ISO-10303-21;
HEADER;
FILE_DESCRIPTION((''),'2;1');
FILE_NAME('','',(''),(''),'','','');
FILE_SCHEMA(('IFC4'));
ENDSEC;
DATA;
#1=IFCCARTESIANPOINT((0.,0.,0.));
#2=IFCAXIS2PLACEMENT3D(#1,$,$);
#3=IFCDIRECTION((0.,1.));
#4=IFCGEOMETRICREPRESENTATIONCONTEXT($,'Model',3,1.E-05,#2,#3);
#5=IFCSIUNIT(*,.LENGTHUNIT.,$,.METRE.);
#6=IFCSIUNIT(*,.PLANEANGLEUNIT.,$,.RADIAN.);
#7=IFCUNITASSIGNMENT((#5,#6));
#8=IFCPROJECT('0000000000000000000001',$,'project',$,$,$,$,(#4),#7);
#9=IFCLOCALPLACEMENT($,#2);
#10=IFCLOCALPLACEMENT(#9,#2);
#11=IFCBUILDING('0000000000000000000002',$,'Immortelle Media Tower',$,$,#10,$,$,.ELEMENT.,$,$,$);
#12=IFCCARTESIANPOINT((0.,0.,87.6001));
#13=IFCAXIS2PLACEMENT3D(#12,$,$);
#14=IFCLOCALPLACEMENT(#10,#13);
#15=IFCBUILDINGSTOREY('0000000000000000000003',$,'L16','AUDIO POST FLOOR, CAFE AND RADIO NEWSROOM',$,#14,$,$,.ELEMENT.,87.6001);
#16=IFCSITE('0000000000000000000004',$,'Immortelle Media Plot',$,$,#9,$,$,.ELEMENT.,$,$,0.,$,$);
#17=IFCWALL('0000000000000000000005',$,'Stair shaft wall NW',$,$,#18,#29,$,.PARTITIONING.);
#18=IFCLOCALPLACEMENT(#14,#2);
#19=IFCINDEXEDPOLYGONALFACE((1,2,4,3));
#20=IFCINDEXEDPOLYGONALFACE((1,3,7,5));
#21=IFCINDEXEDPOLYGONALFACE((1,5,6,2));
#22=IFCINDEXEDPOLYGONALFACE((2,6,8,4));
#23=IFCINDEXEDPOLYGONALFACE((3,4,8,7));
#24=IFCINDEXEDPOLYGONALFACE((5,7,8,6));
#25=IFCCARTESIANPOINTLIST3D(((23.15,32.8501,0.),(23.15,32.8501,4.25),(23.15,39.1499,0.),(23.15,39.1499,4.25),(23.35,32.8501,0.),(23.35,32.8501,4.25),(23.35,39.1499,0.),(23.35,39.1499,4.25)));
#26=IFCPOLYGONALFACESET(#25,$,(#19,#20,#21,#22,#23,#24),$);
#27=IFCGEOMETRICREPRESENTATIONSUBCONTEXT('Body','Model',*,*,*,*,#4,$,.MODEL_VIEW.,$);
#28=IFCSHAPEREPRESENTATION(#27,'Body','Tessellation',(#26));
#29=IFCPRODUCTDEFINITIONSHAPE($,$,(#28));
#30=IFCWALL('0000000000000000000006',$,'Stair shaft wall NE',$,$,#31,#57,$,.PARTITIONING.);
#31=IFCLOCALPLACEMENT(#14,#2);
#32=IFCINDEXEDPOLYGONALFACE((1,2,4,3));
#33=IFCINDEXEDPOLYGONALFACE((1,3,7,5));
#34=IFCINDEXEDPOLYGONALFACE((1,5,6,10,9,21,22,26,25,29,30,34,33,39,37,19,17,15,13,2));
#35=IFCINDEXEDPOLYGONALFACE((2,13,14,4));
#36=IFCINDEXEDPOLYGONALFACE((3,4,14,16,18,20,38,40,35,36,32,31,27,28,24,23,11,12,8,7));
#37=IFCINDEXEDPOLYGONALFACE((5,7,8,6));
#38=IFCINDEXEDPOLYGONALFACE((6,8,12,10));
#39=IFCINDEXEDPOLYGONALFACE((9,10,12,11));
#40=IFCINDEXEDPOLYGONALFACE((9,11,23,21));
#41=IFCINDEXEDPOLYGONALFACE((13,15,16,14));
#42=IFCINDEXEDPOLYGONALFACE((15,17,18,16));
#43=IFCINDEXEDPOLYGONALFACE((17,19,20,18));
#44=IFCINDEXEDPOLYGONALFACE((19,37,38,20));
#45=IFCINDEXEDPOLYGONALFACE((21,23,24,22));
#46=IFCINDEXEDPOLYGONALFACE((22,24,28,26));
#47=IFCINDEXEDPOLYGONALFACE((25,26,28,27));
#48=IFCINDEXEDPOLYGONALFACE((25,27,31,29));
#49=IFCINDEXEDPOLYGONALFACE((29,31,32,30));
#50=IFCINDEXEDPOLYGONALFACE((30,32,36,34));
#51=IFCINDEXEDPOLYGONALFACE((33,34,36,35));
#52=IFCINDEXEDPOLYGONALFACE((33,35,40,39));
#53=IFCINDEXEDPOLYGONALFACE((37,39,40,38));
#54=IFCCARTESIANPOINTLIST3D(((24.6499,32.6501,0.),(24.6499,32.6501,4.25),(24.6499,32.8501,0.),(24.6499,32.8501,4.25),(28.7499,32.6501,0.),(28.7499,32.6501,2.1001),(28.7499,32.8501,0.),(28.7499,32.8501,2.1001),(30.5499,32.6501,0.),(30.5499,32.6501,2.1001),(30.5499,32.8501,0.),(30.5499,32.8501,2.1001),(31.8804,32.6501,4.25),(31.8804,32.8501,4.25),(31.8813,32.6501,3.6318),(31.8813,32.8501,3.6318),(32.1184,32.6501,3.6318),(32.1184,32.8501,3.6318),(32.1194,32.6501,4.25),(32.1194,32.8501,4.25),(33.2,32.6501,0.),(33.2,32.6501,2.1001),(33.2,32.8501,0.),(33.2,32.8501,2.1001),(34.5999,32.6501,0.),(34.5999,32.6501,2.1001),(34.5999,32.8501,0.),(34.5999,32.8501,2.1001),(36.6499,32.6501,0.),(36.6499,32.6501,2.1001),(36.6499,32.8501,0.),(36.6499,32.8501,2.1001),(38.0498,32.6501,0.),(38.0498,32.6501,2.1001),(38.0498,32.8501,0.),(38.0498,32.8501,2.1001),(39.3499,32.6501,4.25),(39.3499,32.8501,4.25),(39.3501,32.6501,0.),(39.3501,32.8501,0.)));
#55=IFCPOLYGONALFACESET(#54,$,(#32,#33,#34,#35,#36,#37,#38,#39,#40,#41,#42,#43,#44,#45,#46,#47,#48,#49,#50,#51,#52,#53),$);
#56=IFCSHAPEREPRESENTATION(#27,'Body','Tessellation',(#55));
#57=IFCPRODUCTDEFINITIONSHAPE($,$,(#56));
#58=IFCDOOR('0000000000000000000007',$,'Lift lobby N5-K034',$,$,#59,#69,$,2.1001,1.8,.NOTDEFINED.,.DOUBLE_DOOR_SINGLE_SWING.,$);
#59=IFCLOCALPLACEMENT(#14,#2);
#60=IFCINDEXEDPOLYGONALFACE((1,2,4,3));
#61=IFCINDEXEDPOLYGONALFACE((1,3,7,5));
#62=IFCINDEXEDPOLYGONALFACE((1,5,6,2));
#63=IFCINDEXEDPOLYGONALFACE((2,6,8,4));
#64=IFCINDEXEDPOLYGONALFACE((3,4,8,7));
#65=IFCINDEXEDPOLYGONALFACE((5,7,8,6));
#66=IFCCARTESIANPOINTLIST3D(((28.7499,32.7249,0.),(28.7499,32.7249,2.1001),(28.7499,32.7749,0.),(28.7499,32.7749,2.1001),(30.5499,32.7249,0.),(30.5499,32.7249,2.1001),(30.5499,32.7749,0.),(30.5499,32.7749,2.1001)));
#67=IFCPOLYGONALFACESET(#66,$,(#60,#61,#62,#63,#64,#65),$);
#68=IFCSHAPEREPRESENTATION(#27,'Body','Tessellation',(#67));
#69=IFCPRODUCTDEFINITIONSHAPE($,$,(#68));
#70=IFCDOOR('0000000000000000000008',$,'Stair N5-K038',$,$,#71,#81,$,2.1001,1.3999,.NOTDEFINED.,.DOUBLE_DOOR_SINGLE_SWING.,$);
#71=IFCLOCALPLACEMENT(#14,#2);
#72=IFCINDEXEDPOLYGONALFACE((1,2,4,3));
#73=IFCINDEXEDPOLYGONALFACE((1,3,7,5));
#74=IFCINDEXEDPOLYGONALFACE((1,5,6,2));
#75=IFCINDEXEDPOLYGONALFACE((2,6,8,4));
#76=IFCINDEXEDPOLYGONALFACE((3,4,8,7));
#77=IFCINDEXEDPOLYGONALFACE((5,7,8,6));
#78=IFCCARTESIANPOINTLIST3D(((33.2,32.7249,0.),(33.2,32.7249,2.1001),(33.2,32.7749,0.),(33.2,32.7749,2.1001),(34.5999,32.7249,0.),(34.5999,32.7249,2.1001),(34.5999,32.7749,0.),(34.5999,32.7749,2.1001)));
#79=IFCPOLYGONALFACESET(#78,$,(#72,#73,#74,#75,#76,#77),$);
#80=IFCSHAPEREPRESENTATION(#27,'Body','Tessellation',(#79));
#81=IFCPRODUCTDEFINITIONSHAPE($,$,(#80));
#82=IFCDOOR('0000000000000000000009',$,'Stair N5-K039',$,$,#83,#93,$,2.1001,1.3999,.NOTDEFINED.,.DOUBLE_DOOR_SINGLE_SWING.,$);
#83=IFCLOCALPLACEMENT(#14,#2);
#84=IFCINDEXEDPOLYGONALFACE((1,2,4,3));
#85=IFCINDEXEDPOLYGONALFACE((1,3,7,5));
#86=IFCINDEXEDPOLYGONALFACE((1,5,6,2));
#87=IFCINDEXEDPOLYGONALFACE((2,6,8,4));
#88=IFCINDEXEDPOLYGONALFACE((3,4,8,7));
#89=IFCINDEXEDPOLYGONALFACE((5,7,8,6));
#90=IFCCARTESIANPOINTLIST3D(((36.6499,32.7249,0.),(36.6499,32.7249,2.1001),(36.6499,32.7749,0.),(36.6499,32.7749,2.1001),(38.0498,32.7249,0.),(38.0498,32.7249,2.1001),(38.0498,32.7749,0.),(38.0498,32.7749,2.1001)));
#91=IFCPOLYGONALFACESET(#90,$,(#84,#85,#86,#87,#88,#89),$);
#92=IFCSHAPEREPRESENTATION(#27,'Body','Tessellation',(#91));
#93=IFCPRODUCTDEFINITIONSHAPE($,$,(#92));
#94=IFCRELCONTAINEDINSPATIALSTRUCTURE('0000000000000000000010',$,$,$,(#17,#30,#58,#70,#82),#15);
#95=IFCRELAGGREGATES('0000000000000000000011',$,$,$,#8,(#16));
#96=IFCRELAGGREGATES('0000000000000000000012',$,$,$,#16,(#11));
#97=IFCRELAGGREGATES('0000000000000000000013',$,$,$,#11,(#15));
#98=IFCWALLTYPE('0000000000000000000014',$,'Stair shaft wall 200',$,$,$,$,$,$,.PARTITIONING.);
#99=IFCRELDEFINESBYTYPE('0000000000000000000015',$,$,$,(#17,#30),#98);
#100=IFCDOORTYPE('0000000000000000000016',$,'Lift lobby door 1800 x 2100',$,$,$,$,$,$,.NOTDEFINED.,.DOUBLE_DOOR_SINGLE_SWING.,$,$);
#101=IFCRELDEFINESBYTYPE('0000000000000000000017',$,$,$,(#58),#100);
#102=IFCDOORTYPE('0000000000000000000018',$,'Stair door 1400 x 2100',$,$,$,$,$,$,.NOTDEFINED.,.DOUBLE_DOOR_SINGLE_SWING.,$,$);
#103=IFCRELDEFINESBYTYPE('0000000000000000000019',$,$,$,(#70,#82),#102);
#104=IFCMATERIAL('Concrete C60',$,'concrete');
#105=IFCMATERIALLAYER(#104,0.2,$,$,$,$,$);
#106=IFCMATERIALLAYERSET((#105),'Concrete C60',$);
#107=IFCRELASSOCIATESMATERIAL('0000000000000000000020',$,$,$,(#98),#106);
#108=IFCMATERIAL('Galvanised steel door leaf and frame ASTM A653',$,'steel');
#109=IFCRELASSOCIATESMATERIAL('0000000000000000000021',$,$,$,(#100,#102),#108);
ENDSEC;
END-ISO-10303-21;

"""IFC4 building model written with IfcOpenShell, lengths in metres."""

from ifc_helpers import new_model, si_unit, direction, frame, frame_2d, origin, place, context, subcontext, project, spatial, polyline, rectangle, outline, extrude, material, layer, layer_set, type_object, element, fill, save


model = new_model("IFC4")

# Units and contexts
model_context = context("Model", 3, precision=1e-05, world=origin(), true_north=direction((0.0, 1.0)))
body_context = subcontext(model_context, "Body", "Model", "MODEL_VIEW")
ifc_project = project(units=[si_unit("LENGTHUNIT", "METRE"), si_unit("PLANEANGLEUNIT", "RADIAN")], contexts=[model_context])

# Site, building, storey
site_placement = place(None, origin())
site = spatial("IfcSite", under=ifc_project, at=site_placement, Name="Immortelle Media Plot", CompositionType="ELEMENT", RefElevation=0.0)
building_placement = place(site_placement, origin())
building = spatial("IfcBuilding", under=site, at=building_placement, Name="Immortelle Media Tower", CompositionType="ELEMENT")
storey_placement = place(building_placement, frame((0.0, 0.0, 87.6001)))
storey = spatial("IfcBuildingStorey", under=building, at=storey_placement, Name="L16", Description="AUDIO POST FLOOR, CAFE AND RADIO NEWSROOM", CompositionType="ELEMENT", Elevation=87.6001)

# Shared definitions
ifc_material_1 = material(Name="Galvanised steel door leaf and frame ASTM A653", Category="steel")

# Wall
ifc_material_2 = material(Name="Concrete C60", Category="concrete")
ifc_layer_1 = layer(ifc_material_2, 0.2)
ifc_layer_set_1 = layer_set([ifc_layer_1], Name="Concrete C60")
wall_type_1 = type_object("IfcWallType", Name="Stair shaft wall 200", PredefinedType="PARTITIONING", material=ifc_layer_set_1)
wall_1_placement = place(storey_placement, frame((23.25, 32.8501, 0.0), z_axis=(0.0, 0.0, 1.0), x_axis=(0.0, 1.0, 0.0)))
element("IfcWall", 1, at=wall_1_placement, inside=storey, type_object=wall_type_1, Name="Stair shaft wall NW", PredefinedType="PARTITIONING", context=body_context, shape_type="SweptSolid", body=[
    extrude(rectangle(XDim=6.2998, YDim=0.2, at=frame_2d((3.1499, 0.0))), origin(), (0.0, 0.0, 1.0), 4.25),
])

# Wall, openings, doors
wall_2_placement = place(storey_placement, frame((24.6499, 32.75, 0.0), z_axis=(0.0, 0.0, 1.0), x_axis=(1.0, 0.0, 0.0)))
wall_2 = element("IfcWall", 2, at=wall_2_placement, inside=storey, type_object=wall_type_1, Name="Stair shaft wall NE", PredefinedType="PARTITIONING", context=body_context, shape_type="SweptSolid", body=[
    extrude(outline(polyline([(0.0, 0.0), (14.7002, 0.0), (14.7, 4.25), (7.4695, 4.25), (7.4685, 3.6318), (7.2314, 3.6318), (7.2305, 4.25), (0.0, 4.25), (0.0, 0.0)])), frame((0.0, 0.1001, 0.0), z_axis=(0.0, -1.0, 0.0), x_axis=(1.0, 0.0, 0.0)), (0.0, 0.0, 1.0), 0.2),
])
opening_1_placement = place(wall_2_placement, frame((4.1001, 0.0, 0.0)))
opening_1 = element("IfcOpeningElement", 3, at=opening_1_placement, cuts=wall_2, PredefinedType="OPENING", context=body_context, shape_type="SweptSolid", body=[
    extrude(rectangle(XDim=1.8, YDim=2.1001, at=frame_2d((0.8999, 1.05))), frame((0.0, 0.1099, 0.0), z_axis=(0.0, -1.0, 0.0), x_axis=(1.0, 0.0, 0.0)), (0.0, 0.0, 1.0), 0.22),
])
opening_2_placement = place(wall_2_placement, frame((8.55, 0.0, 0.0)))
opening_2 = element("IfcOpeningElement", 4, at=opening_2_placement, cuts=wall_2, PredefinedType="OPENING", context=body_context, shape_type="SweptSolid", body=[
    extrude(rectangle(XDim=1.3999, YDim=2.1001, at=frame_2d((0.7, 1.05))), frame((0.0, 0.1099, 0.0), z_axis=(0.0, -1.0, 0.0), x_axis=(1.0, 0.0, 0.0)), (0.0, 0.0, 1.0), 0.22),
])
opening_3_placement = place(wall_2_placement, frame((12.0, 0.0, 0.0)))
opening_3 = element("IfcOpeningElement", 5, at=opening_3_placement, cuts=wall_2, PredefinedType="OPENING", context=body_context, shape_type="SweptSolid", body=[
    extrude(rectangle(XDim=1.3999, YDim=2.1001, at=frame_2d((0.7, 1.05))), frame((0.0, 0.1099, 0.0), z_axis=(0.0, -1.0, 0.0), x_axis=(1.0, 0.0, 0.0)), (0.0, 0.0, 1.0), 0.22),
])
door_type_1 = type_object("IfcDoorType", Name="Lift lobby door 1800 x 2100", OperationType="DOUBLE_DOOR_SINGLE_SWING", PredefinedType="NOTDEFINED", material=ifc_material_1)
door_1_placement = place(opening_1_placement, origin())
door_1 = element("IfcDoor", 6, at=door_1_placement, inside=storey, type_object=door_type_1, Name="Lift lobby N5-K034", OperationType="DOUBLE_DOOR_SINGLE_SWING", OverallHeight=2.1001, OverallWidth=1.8, PredefinedType="NOTDEFINED", context=body_context, shape_type="SweptSolid", body=[
    extrude(rectangle(XDim=1.8, YDim=2.1001, at=frame_2d((0.8999, 1.05))), frame((0.0, 0.0249, 0.0), z_axis=(0.0, -1.0, 0.0), x_axis=(1.0, 0.0, 0.0)), (0.0, 0.0, 1.0), 0.05),
])
fill(opening_1, door_1)
door_type_2 = type_object("IfcDoorType", Name="Stair door 1400 x 2100", OperationType="DOUBLE_DOOR_SINGLE_SWING", PredefinedType="NOTDEFINED", material=ifc_material_1)
door_2_placement = place(opening_2_placement, origin())
door_2 = element("IfcDoor", 7, at=door_2_placement, inside=storey, type_object=door_type_2, Name="Stair N5-K038", OperationType="DOUBLE_DOOR_SINGLE_SWING", OverallHeight=2.1001, OverallWidth=1.3999, PredefinedType="NOTDEFINED", context=body_context, shape_type="SweptSolid", body=[
    extrude(rectangle(XDim=1.3999, YDim=2.1001, at=frame_2d((0.7, 1.05))), frame((0.0, 0.0249, 0.0), z_axis=(0.0, -1.0, 0.0), x_axis=(1.0, 0.0, 0.0)), (0.0, 0.0, 1.0), 0.05),
])
fill(opening_2, door_2)
door_3_placement = place(opening_3_placement, origin())
door_3 = element("IfcDoor", 8, at=door_3_placement, inside=storey, type_object=door_type_2, Name="Stair N5-K039", OperationType="DOUBLE_DOOR_SINGLE_SWING", OverallHeight=2.1001, OverallWidth=1.3999, PredefinedType="NOTDEFINED", context=body_context, shape_type="SweptSolid", body=[
    extrude(rectangle(XDim=1.3999, YDim=2.1001, at=frame_2d((0.7, 1.05))), frame((0.0, 0.0249, 0.0), z_axis=(0.0, -1.0, 0.0), x_axis=(1.0, 0.0, 0.0)), (0.0, 0.0, 1.0), 0.05),
])
fill(opening_3, door_3)

save(model, "model.ifc")
